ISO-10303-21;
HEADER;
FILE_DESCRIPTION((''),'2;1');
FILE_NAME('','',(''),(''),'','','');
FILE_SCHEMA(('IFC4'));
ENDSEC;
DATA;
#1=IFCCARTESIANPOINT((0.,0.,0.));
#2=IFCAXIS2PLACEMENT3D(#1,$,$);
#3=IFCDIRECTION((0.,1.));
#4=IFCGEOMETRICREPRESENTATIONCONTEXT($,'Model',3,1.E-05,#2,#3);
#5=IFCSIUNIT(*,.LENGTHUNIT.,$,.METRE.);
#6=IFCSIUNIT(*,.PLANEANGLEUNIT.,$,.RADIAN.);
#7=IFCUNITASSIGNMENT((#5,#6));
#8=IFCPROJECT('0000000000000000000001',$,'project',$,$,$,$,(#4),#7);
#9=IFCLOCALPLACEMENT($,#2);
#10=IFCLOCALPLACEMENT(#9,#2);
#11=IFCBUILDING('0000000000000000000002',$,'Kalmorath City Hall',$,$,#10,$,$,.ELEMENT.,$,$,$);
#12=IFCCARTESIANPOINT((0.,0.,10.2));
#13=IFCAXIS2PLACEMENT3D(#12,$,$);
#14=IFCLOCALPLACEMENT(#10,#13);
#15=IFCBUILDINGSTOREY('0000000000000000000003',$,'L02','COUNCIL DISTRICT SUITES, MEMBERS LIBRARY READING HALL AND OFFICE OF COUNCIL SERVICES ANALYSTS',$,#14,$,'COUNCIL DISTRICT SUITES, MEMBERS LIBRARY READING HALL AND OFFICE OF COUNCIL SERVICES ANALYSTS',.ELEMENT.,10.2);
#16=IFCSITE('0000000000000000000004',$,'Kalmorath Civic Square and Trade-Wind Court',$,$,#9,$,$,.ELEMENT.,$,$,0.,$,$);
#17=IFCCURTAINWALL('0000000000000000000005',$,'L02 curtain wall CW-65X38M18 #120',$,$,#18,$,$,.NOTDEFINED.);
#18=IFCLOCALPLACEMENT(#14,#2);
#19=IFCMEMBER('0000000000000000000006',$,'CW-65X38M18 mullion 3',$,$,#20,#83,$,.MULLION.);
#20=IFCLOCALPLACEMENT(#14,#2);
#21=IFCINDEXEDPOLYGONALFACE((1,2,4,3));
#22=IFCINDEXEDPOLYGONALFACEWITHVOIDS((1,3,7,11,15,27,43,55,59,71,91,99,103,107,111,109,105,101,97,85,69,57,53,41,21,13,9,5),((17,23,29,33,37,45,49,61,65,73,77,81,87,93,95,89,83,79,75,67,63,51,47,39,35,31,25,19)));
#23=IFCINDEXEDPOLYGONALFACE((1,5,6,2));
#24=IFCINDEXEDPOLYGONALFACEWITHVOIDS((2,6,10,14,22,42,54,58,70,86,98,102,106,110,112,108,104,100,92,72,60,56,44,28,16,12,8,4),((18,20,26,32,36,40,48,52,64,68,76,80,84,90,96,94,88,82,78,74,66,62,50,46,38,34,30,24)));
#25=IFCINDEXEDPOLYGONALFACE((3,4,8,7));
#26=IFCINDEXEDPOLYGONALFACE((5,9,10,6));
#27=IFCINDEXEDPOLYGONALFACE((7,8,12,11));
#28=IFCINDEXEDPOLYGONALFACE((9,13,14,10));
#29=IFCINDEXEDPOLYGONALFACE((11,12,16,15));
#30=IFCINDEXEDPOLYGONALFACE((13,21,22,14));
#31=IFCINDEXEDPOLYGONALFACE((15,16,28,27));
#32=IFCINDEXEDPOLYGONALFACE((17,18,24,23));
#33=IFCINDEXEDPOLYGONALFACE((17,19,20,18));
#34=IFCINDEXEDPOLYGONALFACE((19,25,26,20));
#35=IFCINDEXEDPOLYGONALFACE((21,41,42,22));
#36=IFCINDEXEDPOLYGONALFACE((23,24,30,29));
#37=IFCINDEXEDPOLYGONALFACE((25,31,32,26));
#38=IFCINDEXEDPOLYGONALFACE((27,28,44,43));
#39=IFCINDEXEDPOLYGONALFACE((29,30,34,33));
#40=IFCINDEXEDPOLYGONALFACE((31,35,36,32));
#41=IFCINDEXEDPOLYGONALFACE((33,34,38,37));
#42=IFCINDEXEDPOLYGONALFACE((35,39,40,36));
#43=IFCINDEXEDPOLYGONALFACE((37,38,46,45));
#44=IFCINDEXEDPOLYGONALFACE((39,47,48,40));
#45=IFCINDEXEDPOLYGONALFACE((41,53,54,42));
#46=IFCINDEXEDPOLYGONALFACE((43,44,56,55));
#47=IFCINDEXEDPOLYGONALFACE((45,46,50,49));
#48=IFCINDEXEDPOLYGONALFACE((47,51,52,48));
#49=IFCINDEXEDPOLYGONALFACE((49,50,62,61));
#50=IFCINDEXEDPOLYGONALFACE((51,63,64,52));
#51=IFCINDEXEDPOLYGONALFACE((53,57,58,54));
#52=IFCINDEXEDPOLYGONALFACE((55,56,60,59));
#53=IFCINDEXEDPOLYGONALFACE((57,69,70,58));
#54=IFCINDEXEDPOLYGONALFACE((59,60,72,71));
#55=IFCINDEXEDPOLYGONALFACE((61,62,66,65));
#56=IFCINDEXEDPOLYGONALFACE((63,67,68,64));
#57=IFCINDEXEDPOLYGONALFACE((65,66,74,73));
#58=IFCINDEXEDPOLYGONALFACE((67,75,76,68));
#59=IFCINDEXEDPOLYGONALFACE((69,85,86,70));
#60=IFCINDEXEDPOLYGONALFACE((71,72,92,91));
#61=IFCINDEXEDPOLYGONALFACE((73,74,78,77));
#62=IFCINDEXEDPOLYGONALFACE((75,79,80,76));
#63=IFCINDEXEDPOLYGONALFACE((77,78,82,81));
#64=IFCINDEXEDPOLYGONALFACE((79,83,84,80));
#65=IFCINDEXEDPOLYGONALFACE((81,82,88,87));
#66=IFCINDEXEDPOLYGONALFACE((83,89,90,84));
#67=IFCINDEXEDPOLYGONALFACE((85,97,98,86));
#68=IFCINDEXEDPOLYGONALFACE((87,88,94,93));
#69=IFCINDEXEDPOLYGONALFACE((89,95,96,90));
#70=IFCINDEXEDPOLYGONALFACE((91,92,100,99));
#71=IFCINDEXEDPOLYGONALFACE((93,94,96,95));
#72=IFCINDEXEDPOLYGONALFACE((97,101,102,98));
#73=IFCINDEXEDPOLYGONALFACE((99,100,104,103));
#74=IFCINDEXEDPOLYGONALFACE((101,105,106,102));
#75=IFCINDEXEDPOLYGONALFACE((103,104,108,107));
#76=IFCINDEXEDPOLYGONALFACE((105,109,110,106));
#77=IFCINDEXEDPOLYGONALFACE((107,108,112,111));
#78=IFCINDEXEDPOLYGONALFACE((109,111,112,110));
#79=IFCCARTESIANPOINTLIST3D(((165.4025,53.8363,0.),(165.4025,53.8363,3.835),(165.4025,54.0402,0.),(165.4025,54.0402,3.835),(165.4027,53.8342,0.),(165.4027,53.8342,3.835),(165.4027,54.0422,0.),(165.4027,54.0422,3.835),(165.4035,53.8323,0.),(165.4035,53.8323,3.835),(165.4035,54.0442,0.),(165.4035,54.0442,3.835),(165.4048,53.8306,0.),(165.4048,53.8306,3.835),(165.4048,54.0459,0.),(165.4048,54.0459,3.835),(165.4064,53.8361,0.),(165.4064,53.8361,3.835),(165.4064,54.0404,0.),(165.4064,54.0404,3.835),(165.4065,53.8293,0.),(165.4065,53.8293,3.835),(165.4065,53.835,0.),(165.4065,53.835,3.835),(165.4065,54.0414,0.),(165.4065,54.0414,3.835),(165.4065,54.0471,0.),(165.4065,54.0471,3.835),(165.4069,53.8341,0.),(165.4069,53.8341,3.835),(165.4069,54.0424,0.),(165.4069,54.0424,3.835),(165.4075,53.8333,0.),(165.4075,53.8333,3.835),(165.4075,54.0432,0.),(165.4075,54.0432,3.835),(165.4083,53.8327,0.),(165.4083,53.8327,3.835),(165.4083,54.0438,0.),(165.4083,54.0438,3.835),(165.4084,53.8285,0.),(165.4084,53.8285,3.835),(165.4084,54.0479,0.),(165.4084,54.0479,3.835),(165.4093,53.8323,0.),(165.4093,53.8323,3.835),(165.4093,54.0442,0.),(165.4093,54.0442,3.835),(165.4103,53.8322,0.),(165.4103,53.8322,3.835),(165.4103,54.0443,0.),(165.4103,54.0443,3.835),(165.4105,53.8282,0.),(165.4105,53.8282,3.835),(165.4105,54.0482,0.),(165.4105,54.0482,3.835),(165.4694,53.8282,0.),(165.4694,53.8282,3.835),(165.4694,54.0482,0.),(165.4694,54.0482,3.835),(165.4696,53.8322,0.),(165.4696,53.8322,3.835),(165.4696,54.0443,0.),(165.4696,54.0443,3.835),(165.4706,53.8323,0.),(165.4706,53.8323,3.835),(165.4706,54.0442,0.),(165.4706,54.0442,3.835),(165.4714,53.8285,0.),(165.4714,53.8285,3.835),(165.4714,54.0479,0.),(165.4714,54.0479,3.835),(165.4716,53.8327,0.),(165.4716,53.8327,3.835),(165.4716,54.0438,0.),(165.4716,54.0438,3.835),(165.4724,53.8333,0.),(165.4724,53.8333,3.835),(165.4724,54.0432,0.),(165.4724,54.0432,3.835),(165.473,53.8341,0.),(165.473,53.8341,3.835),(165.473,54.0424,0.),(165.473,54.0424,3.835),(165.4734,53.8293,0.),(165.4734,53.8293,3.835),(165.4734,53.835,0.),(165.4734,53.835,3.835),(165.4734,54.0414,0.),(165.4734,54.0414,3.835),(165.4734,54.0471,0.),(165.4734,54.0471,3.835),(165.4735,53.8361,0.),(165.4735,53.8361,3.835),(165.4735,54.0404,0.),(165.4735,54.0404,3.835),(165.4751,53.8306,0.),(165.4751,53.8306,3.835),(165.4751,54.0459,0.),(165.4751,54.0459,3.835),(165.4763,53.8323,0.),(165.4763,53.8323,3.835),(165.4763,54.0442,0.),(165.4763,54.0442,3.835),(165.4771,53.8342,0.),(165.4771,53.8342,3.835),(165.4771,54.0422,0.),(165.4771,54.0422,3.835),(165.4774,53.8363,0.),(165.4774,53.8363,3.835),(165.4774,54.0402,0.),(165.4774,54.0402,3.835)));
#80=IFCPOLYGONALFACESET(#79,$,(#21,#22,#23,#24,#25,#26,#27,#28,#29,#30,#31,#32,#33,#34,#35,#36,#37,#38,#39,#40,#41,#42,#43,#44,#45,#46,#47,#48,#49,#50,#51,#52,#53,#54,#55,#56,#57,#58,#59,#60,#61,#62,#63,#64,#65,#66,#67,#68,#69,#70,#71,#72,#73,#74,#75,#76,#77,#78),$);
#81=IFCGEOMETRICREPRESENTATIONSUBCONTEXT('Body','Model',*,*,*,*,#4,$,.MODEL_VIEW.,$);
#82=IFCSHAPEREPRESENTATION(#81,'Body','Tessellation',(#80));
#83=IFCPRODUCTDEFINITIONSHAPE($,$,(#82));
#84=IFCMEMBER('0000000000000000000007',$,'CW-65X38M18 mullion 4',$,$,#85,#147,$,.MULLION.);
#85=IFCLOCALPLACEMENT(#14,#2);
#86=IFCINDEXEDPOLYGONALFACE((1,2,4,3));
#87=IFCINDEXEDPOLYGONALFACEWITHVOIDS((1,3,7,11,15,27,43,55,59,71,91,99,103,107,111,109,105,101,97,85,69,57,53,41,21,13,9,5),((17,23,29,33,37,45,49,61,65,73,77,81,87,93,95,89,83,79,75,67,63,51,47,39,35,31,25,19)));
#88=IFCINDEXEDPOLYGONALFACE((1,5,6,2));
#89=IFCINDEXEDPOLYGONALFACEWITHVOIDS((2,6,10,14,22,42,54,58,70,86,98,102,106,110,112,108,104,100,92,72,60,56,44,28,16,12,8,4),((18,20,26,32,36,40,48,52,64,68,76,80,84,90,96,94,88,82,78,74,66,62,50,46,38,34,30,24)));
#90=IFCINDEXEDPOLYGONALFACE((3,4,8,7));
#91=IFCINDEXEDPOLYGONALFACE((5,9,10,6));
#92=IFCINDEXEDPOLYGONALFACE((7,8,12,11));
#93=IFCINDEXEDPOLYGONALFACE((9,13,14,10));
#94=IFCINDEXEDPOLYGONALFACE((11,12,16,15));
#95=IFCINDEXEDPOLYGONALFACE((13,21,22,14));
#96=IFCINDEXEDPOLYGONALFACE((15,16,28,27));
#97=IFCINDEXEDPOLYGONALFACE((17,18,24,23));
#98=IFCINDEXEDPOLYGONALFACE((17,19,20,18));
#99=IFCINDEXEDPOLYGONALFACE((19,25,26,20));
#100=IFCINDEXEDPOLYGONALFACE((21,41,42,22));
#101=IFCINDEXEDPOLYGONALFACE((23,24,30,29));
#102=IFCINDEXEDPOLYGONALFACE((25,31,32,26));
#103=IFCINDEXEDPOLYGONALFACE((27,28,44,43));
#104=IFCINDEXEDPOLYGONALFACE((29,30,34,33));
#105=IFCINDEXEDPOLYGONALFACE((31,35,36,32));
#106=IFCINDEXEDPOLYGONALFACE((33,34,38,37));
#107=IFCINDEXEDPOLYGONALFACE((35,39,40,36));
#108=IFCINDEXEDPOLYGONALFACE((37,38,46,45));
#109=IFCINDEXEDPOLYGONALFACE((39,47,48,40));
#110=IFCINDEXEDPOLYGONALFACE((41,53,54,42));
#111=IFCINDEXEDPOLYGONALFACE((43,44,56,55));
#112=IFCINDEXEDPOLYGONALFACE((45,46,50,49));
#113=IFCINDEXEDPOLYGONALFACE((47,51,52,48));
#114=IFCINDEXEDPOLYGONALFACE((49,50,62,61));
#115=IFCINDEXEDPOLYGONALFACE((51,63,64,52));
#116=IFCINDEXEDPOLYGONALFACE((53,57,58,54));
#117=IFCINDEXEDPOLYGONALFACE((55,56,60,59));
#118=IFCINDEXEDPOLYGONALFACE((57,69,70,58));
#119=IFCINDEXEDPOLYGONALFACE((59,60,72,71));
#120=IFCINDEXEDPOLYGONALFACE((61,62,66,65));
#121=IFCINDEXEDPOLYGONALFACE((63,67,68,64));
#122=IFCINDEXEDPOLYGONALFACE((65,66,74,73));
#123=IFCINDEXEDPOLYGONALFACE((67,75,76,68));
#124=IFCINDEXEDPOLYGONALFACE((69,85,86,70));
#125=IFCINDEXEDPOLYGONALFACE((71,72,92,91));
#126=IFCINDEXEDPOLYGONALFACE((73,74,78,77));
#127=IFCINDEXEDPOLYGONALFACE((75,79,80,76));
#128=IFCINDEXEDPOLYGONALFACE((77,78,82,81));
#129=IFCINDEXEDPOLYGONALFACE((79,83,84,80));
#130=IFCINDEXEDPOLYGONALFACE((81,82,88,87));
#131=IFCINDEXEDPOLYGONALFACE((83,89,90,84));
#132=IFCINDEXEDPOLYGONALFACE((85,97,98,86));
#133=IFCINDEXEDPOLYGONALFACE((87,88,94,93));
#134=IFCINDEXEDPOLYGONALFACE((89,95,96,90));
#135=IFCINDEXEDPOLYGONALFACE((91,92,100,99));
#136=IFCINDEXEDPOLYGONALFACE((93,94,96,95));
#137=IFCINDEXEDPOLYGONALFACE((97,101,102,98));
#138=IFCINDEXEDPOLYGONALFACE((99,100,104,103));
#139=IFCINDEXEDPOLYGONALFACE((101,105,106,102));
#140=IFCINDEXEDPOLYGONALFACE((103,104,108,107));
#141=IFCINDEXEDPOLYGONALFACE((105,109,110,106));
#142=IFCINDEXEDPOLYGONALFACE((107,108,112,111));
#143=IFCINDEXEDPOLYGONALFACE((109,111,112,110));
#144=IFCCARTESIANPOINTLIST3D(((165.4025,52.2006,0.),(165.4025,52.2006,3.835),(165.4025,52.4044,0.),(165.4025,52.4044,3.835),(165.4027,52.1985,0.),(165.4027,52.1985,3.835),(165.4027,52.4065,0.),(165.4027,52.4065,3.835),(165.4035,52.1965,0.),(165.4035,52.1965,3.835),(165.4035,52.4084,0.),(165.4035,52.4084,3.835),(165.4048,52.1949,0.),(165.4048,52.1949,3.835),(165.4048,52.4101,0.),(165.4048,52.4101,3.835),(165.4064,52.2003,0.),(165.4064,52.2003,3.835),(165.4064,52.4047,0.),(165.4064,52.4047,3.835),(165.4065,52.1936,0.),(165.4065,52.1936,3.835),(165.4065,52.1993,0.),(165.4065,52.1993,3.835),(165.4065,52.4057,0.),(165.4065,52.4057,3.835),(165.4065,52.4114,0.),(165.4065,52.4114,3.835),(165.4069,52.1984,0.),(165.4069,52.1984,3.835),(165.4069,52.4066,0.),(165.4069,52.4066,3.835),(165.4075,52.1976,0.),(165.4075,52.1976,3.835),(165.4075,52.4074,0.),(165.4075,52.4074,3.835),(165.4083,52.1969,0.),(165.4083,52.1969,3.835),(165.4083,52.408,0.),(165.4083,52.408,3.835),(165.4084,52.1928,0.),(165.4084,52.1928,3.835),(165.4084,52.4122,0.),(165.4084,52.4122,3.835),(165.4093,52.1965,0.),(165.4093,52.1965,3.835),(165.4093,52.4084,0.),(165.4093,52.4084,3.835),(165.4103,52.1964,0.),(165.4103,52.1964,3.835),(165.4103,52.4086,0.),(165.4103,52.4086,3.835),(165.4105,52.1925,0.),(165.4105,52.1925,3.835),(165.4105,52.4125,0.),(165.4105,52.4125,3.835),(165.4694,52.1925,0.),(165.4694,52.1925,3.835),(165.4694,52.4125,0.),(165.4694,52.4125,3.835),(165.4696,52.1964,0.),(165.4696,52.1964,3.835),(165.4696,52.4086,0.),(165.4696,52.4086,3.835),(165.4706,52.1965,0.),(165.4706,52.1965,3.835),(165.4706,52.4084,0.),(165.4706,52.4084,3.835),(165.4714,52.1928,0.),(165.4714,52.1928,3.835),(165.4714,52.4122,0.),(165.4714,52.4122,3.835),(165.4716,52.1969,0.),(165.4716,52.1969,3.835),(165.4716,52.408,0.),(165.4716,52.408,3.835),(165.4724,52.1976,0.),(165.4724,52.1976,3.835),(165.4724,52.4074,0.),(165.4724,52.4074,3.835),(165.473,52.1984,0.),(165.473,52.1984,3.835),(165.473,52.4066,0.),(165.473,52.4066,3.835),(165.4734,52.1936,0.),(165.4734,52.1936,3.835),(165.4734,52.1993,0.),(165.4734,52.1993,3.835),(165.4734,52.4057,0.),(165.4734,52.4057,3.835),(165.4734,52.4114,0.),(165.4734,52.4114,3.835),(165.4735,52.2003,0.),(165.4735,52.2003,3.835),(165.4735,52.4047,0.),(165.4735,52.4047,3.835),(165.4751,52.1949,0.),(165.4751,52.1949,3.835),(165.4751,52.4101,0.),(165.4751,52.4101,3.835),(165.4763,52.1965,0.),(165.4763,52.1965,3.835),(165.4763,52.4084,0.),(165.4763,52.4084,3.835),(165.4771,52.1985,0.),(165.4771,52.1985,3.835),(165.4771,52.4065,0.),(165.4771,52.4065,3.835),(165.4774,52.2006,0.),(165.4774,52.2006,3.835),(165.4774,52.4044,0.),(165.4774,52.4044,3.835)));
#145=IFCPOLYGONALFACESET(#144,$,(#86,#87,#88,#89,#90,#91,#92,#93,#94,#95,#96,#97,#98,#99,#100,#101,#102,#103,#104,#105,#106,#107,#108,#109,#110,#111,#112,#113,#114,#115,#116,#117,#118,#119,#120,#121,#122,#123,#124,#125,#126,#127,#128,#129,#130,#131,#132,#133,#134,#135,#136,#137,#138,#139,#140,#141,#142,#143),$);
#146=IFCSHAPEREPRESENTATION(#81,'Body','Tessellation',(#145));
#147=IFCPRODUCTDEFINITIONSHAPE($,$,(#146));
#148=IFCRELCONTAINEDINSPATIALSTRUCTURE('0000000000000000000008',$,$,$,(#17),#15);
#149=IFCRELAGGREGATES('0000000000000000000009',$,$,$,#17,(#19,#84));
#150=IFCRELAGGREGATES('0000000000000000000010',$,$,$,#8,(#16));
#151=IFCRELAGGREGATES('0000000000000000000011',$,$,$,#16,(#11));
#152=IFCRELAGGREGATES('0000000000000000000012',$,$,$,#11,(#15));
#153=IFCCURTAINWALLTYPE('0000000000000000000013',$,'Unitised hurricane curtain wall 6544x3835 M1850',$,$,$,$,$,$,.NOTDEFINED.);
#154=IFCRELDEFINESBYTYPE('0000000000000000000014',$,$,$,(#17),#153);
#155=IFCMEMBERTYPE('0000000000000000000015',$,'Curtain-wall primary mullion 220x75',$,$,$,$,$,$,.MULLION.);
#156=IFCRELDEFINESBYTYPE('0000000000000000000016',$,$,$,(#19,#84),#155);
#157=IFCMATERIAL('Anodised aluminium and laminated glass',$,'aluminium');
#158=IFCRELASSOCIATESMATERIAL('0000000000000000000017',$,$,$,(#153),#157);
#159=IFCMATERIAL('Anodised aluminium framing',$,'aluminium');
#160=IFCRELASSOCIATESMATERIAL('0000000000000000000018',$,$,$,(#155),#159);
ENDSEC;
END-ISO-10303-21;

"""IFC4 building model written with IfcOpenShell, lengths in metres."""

from ifc_helpers import new_model, si_unit, direction, frame, origin, origin_2d, place, context, subcontext, project, spatial, hollow_rectangle, extrude, material, material_profile, profile_set, type_object, element, aggregate, save


model = new_model("IFC4")

# Units and contexts
model_context = context("Model", 3, precision=1e-05, world=origin(), true_north=direction((0.0, 1.0)))
body_context = subcontext(model_context, "Body", "Model", "MODEL_VIEW")
ifc_project = project(units=[si_unit("LENGTHUNIT", "METRE"), si_unit("PLANEANGLEUNIT", "RADIAN")], contexts=[model_context])

# Site, building, storey
site_placement = place(None, origin())
site = spatial("IfcSite", under=ifc_project, at=site_placement, Name="Kalmorath Civic Square and Trade-Wind Court", CompositionType="ELEMENT", RefElevation=0.0)
building_placement = place(site_placement, origin())
building = spatial("IfcBuilding", under=site, at=building_placement, Name="Kalmorath City Hall", CompositionType="ELEMENT")
storey_placement = place(building_placement, frame((0.0, 0.0, 10.2)))
storey = spatial("IfcBuildingStorey", under=building, at=storey_placement, Name="L02", Description="COUNCIL DISTRICT SUITES, MEMBERS LIBRARY READING HALL AND OFFICE OF COUNCIL SERVICES ANALYSTS", LongName="COUNCIL DISTRICT SUITES, MEMBERS LIBRARY READING HALL AND OFFICE OF COUNCIL SERVICES ANALYSTS", CompositionType="ELEMENT", Elevation=10.2)

# Curtain wall, members
ifc_material_1 = material(Name="Anodised aluminium and laminated glass", Category="aluminium")
curtain_wall_type = type_object("IfcCurtainWallType", Name="Unitised hurricane curtain wall 6544x3835 M1850", PredefinedType="NOTDEFINED", material=ifc_material_1)
curtain_wall_placement = place(storey_placement, origin())
curtain_wall = element("IfcCurtainWall", 1, at=curtain_wall_placement, inside=storey, type_object=curtain_wall_type, Name="L02 curtain wall CW-65X38M18 #120", PredefinedType="NOTDEFINED")
ifc_material_2 = material(Name="Anodised aluminium framing", Category="aluminium")
ifc_material_profile_1 = material_profile(ifc_material_2, hollow_rectangle(XDim=0.075, YDim=0.22, WallThickness=0.0039, InnerFilletRadius=0.0039, OuterFilletRadius=0.0081, at=origin_2d()), Name="ALU-MUL-220X75X4")
ifc_profile_set_1 = profile_set([ifc_material_profile_1], Name="Anodised aluminium framing")
member_type_1 = type_object("IfcMemberType", Name="Curtain-wall primary mullion 220x75", PredefinedType="MULLION", material=ifc_profile_set_1)
member_1_placement = place(storey_placement, frame((165.4399, 53.9382, 0.0), z_axis=(0.0, 0.0, 1.0), x_axis=(1.0, 0.0, 0.0)))
member_1 = element("IfcMember", 2, at=member_1_placement, type_object=member_type_1, Name="CW-65X38M18 mullion 3", PredefinedType="MULLION", context=body_context, shape_type="SweptSolid", body=[
    extrude(hollow_rectangle(XDim=0.075, YDim=0.22, WallThickness=0.0039, InnerFilletRadius=0.0039, OuterFilletRadius=0.0081, at=origin_2d()), origin(), (0.0, 0.0, 1.0), 3.835),
])
member_2_placement = place(storey_placement, frame((165.4399, 52.3025, 0.0), z_axis=(0.0, 0.0, 1.0), x_axis=(1.0, 0.0, 0.0)))
member_2 = element("IfcMember", 3, at=member_2_placement, type_object=member_type_1, Name="CW-65X38M18 mullion 4", PredefinedType="MULLION", context=body_context, shape_type="SweptSolid", body=[
    extrude(hollow_rectangle(XDim=0.075, YDim=0.22, WallThickness=0.0039, InnerFilletRadius=0.0039, OuterFilletRadius=0.0081, at=origin_2d()), origin(), (0.0, 0.0, 1.0), 3.835),
])

aggregate(curtain_wall, [member_1, member_2])

save(model, "model.ifc")
